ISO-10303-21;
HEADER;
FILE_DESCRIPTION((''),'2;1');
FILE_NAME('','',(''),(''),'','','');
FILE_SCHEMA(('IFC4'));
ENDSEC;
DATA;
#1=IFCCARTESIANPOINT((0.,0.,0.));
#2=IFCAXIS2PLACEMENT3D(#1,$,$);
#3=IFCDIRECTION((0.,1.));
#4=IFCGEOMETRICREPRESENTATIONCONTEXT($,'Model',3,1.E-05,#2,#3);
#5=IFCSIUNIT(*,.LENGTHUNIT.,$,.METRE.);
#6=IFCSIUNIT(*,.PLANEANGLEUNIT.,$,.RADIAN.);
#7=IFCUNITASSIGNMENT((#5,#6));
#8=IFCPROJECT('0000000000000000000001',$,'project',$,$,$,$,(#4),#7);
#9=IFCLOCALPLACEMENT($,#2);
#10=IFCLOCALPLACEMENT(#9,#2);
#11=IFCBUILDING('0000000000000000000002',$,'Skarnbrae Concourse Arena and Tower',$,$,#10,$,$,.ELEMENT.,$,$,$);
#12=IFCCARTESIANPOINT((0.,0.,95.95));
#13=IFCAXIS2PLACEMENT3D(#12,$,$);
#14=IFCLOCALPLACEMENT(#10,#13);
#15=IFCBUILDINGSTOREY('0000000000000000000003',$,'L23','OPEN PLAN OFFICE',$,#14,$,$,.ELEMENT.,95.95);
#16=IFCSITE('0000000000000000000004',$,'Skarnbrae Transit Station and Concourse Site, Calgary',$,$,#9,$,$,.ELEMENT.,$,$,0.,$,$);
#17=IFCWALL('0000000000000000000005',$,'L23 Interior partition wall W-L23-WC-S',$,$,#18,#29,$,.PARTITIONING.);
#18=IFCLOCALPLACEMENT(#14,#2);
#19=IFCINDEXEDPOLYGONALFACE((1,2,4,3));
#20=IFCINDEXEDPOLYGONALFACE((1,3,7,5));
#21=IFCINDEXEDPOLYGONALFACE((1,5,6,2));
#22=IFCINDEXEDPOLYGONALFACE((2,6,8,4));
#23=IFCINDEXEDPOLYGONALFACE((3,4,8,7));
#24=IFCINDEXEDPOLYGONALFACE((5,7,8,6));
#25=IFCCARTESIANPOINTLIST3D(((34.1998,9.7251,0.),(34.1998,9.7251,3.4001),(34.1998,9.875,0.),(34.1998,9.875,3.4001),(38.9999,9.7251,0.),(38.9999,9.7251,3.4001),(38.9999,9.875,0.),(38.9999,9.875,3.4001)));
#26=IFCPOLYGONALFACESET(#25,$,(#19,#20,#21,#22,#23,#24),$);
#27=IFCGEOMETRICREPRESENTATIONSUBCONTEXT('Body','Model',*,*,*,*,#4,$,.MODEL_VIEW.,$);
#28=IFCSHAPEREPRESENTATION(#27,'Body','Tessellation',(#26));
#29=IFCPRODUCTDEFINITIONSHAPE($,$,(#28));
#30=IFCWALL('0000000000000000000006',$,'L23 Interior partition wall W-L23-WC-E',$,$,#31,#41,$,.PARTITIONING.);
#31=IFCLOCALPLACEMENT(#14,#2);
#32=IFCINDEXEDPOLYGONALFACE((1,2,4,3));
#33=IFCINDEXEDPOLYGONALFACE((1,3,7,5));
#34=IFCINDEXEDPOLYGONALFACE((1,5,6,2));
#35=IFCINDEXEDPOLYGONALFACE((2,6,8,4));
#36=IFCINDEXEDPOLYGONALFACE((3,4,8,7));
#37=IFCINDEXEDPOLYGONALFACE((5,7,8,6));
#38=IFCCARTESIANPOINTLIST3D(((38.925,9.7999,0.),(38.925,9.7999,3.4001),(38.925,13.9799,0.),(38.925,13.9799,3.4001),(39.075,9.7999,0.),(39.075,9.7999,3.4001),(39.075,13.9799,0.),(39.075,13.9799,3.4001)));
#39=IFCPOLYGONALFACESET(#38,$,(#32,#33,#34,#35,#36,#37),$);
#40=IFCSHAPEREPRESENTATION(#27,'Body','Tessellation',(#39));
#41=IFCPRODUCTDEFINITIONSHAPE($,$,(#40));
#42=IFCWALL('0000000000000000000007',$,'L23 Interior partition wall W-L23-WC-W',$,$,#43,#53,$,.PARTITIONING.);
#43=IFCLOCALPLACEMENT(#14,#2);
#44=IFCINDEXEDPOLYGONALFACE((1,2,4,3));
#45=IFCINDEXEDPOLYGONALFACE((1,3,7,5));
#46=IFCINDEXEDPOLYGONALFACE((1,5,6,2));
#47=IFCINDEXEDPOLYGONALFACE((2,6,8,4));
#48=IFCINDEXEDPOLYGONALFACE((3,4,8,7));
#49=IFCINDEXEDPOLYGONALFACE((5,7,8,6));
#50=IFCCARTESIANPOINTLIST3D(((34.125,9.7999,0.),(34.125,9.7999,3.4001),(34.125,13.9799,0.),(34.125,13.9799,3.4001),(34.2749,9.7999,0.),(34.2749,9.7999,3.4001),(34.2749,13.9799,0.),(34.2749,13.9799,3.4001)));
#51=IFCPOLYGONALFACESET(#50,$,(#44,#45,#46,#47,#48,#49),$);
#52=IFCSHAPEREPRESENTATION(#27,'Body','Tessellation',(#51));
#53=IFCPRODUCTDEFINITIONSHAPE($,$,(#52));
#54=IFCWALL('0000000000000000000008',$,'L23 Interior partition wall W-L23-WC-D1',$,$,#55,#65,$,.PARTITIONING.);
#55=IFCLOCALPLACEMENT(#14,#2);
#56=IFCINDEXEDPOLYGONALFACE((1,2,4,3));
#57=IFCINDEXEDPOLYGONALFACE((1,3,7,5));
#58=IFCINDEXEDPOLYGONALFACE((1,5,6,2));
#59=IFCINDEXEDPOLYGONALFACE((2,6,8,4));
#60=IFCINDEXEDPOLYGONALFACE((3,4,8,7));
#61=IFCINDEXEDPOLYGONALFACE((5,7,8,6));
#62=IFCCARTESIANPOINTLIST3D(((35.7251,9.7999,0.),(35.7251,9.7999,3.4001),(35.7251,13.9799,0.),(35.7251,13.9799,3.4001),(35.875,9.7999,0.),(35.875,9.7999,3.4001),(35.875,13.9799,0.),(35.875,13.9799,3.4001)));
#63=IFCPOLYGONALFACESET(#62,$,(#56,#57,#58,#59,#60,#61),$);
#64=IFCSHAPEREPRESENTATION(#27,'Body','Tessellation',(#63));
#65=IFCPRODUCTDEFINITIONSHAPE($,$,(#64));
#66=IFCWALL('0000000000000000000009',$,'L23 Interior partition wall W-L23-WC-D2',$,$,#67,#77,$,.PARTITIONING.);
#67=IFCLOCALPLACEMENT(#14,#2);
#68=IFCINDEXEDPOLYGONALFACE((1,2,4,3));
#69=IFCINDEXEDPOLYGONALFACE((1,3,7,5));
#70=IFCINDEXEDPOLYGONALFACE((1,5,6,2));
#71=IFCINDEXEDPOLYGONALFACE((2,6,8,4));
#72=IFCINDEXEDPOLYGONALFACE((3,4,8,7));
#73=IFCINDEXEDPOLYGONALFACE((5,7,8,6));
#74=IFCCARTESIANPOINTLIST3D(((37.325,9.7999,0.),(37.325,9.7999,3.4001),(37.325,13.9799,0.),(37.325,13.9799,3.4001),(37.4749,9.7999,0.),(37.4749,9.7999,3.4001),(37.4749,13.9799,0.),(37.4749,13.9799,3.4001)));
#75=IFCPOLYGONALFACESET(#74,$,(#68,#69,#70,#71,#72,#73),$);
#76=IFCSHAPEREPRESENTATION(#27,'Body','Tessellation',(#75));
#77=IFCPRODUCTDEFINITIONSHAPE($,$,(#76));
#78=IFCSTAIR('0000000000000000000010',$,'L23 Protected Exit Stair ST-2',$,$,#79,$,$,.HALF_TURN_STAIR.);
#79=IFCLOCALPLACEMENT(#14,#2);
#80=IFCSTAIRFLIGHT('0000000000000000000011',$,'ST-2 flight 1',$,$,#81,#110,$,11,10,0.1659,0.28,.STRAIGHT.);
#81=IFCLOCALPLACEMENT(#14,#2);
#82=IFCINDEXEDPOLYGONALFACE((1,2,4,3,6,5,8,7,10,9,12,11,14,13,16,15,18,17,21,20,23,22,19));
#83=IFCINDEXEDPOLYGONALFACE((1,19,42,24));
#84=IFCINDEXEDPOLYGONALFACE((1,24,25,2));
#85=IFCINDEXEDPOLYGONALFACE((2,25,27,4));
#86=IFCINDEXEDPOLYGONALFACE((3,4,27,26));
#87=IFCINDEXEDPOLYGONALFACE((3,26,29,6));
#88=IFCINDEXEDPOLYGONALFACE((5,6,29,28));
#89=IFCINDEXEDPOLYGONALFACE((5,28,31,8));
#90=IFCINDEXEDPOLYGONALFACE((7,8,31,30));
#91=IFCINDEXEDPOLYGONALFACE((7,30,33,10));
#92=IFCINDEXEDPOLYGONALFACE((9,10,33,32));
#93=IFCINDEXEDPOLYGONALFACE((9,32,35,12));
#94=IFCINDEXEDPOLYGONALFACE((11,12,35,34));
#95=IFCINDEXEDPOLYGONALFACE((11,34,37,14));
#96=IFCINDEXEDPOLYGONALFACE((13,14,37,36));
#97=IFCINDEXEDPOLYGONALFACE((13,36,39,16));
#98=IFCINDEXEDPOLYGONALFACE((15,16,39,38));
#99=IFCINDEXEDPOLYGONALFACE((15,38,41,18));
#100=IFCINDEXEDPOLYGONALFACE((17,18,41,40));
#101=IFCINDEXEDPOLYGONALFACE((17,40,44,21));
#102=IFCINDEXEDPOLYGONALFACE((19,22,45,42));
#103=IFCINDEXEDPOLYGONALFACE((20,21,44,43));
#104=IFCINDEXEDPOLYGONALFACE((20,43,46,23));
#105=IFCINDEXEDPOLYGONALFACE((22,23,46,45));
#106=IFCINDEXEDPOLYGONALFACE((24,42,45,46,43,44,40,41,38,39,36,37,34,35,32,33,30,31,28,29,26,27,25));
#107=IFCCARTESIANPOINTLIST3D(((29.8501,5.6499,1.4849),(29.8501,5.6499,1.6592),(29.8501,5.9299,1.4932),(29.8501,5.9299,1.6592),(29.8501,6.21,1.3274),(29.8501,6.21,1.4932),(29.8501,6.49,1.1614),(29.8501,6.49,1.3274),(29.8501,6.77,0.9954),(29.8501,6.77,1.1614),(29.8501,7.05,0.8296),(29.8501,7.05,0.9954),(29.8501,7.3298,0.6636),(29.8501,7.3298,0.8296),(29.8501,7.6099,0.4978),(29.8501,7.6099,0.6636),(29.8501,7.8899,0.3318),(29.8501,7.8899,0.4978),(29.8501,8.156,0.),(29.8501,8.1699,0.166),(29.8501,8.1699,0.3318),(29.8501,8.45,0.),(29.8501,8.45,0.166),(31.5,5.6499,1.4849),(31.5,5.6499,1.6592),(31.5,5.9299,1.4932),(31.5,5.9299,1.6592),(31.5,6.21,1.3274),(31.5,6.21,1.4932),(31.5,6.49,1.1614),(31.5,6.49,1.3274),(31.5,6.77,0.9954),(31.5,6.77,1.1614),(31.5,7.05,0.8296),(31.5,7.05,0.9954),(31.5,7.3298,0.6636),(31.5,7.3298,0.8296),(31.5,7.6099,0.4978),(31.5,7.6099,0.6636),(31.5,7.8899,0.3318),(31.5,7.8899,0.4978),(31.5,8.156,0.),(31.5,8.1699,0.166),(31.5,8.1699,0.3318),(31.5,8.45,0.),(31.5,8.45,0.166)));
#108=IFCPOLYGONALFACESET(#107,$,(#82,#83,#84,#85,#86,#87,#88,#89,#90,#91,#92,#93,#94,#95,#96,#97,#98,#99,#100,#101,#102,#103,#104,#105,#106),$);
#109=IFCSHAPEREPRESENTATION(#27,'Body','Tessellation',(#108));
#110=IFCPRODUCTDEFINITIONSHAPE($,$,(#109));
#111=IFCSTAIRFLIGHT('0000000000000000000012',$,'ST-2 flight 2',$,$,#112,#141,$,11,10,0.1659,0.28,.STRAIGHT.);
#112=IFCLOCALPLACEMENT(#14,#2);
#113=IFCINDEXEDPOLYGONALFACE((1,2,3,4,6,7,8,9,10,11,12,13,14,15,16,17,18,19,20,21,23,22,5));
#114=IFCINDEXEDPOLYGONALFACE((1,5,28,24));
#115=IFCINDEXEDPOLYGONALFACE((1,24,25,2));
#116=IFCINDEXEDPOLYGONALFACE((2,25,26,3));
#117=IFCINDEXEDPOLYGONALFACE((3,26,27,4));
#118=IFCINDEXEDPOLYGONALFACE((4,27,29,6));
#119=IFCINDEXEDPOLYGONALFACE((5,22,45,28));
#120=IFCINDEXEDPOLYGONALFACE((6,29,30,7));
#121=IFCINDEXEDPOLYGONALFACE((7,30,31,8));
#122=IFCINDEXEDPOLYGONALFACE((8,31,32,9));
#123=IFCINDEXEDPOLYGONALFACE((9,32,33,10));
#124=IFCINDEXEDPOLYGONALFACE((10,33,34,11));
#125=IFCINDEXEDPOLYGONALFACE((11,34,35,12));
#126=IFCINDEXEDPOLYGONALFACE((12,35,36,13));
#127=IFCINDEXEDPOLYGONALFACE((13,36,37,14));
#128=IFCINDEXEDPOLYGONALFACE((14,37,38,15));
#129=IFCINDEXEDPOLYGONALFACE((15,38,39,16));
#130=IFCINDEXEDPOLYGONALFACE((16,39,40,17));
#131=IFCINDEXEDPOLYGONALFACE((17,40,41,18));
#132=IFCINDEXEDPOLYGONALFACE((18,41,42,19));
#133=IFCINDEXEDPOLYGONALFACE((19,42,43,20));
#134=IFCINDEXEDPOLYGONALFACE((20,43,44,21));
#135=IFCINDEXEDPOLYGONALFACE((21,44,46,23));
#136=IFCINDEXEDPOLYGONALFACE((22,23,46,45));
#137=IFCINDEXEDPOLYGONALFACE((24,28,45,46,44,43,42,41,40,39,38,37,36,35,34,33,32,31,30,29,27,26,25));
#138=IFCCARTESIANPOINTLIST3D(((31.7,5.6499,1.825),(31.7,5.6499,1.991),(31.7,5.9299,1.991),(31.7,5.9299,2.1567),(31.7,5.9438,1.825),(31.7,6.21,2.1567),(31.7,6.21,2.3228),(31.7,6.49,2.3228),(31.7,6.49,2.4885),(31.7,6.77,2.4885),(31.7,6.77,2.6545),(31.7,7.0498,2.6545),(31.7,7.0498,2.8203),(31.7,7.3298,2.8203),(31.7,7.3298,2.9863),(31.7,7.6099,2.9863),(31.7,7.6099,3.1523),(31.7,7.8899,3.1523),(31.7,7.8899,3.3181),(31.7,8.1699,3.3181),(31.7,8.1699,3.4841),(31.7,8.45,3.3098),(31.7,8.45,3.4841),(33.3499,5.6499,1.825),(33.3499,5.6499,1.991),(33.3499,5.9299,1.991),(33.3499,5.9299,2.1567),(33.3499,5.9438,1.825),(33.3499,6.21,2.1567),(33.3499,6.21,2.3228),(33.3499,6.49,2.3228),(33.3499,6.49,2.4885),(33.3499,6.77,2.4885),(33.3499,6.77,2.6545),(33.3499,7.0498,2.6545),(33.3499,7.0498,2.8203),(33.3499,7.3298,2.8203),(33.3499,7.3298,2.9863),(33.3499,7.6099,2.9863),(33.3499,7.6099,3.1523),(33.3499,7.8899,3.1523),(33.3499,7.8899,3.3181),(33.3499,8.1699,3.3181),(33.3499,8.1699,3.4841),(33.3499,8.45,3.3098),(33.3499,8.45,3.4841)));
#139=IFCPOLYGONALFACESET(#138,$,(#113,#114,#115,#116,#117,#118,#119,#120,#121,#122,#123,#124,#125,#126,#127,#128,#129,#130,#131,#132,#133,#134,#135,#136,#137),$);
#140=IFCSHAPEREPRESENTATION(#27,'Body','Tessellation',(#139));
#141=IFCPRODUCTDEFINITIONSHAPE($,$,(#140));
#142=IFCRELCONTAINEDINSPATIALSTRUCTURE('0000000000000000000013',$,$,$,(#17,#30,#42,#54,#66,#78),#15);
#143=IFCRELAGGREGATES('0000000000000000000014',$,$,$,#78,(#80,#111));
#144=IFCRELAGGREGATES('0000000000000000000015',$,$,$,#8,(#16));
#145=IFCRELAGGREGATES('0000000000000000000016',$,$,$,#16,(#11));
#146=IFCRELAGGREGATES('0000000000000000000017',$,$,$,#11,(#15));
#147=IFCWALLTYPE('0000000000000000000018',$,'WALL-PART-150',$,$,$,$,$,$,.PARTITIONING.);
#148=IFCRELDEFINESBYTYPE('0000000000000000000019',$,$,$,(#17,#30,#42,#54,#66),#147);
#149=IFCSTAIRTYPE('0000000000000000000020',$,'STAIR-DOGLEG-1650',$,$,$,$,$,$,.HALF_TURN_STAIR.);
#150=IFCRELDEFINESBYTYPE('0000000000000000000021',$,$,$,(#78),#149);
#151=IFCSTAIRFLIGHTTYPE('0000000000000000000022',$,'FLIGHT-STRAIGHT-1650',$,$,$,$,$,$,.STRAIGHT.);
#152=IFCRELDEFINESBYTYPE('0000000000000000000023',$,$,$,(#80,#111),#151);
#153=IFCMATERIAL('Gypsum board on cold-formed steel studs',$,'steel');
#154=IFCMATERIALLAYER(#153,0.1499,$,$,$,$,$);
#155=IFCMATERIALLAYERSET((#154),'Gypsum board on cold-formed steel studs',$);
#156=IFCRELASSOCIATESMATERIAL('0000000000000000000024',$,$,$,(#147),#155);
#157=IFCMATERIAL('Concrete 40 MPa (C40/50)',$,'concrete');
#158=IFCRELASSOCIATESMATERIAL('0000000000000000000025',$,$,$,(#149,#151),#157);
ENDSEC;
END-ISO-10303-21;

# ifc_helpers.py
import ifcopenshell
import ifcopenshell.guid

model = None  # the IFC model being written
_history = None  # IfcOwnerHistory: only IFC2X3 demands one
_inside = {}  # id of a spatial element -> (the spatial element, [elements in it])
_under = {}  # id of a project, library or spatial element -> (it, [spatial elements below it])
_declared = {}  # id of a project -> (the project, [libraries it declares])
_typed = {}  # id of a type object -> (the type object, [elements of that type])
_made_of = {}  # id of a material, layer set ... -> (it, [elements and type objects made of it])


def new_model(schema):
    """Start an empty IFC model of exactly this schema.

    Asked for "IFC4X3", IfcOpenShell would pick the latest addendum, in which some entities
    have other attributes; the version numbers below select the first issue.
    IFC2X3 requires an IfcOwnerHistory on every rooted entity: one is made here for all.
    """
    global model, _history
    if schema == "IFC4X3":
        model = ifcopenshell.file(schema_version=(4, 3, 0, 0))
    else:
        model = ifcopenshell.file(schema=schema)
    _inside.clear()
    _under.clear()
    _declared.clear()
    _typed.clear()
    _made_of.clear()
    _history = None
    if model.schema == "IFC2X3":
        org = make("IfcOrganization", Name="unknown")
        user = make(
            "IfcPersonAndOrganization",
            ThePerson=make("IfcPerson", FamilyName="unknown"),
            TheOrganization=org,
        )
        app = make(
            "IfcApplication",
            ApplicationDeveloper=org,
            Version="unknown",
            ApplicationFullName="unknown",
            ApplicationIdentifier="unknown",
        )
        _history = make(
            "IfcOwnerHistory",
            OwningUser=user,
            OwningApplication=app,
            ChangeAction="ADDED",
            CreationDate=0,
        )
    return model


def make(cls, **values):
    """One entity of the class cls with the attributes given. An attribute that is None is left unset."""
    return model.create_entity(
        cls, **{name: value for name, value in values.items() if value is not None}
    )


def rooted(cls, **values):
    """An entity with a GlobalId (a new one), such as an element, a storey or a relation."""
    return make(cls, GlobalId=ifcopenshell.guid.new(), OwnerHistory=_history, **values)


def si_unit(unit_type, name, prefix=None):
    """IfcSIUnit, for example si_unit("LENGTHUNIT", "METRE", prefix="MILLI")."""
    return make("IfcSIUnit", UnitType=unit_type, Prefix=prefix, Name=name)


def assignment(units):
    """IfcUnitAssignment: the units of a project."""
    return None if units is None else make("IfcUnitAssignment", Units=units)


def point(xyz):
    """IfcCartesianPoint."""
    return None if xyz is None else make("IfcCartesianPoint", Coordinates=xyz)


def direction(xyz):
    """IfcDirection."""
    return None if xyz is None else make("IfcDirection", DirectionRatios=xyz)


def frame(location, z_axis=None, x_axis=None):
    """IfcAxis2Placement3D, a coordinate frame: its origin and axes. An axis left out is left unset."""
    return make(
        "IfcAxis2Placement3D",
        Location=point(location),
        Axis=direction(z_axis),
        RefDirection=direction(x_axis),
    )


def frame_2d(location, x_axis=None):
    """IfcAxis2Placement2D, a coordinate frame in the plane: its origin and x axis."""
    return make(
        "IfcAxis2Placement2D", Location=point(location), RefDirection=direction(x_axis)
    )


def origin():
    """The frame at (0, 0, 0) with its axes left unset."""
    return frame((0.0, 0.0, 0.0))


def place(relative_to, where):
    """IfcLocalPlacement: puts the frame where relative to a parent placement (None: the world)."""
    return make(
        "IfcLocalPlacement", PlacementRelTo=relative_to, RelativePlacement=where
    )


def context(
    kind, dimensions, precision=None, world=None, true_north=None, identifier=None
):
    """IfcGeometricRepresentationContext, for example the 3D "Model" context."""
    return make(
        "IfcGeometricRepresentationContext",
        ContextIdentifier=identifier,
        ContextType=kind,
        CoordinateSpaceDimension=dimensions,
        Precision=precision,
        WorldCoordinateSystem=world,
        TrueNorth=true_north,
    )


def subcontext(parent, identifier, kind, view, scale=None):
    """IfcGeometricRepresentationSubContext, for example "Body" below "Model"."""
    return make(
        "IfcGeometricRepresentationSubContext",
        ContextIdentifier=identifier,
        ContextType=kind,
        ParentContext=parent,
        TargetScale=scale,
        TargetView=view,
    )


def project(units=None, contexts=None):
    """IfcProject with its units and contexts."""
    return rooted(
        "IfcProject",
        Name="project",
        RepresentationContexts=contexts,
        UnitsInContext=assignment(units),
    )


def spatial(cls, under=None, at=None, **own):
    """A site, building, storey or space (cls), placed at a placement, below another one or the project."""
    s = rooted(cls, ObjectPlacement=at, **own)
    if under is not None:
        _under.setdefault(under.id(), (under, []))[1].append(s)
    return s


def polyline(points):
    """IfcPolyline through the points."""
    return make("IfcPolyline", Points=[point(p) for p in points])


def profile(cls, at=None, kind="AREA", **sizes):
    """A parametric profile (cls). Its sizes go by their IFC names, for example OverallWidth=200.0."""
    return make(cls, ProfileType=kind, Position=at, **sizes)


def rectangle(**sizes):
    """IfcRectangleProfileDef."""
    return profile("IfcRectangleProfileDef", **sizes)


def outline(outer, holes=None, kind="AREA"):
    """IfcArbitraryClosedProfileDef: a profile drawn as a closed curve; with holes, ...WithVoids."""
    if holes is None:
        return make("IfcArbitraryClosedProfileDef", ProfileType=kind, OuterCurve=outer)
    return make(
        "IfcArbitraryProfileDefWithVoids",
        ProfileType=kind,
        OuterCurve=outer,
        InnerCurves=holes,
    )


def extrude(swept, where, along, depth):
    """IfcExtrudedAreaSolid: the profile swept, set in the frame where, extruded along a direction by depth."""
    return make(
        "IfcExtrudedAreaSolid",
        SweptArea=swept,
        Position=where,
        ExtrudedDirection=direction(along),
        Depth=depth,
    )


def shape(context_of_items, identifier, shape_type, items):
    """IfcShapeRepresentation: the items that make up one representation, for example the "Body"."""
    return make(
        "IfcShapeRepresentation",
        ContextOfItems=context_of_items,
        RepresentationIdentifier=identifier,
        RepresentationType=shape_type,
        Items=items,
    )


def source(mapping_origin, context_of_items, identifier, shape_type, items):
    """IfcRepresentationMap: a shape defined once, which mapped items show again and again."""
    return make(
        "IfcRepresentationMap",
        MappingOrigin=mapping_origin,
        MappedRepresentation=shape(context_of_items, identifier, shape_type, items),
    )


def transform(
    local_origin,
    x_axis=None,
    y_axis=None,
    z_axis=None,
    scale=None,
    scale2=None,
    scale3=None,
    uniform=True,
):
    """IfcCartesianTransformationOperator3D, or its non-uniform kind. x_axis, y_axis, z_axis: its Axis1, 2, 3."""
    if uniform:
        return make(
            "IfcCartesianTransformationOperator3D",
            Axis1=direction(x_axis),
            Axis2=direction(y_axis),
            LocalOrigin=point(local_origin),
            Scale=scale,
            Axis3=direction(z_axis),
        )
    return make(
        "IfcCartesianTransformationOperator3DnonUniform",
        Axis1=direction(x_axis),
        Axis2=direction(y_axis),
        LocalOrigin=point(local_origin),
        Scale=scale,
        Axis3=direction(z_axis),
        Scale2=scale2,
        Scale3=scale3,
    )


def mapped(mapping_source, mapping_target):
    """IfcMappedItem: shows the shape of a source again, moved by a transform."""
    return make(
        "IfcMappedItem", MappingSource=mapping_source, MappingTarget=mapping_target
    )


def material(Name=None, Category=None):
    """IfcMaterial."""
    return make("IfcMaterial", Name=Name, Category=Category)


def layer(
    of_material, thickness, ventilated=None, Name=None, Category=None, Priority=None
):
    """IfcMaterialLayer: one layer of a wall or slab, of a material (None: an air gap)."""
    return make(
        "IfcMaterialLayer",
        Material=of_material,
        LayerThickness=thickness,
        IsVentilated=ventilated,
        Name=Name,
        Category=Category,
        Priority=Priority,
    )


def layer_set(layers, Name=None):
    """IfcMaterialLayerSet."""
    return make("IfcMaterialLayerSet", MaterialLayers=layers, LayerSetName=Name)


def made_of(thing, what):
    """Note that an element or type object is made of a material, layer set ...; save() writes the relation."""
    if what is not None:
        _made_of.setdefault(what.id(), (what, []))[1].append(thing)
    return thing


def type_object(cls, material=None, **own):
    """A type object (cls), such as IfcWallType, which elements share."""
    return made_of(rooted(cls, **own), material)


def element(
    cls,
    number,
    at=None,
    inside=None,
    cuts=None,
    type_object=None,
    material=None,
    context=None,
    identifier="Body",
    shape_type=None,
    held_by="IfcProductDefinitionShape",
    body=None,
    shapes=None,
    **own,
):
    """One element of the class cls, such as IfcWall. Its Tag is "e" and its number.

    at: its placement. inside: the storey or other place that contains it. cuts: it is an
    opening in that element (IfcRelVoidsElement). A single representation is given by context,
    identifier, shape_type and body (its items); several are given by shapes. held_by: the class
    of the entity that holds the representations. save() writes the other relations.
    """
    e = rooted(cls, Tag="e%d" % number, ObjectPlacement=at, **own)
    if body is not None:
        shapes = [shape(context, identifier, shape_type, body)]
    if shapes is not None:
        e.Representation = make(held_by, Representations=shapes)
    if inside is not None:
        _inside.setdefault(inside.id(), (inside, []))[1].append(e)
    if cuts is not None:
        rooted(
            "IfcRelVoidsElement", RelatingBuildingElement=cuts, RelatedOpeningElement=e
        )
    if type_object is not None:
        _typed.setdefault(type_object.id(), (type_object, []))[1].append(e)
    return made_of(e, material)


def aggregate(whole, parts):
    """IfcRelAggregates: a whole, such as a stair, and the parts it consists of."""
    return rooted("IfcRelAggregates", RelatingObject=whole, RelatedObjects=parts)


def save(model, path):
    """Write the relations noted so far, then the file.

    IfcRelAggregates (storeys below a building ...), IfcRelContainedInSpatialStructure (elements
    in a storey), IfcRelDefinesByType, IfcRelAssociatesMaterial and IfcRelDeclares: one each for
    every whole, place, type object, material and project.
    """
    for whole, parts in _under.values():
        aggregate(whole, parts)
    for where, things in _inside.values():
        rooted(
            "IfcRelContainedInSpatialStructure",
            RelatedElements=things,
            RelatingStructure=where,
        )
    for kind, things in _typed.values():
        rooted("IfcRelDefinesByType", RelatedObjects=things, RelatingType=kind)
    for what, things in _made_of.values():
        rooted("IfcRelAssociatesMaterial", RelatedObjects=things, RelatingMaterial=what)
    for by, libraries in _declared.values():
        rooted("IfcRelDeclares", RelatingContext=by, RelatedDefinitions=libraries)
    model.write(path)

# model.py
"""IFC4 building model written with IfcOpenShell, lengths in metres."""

from ifc_helpers import new_model, si_unit, direction, frame, frame_2d, origin, place, context, subcontext, project, spatial, polyline, rectangle, outline, extrude, source, transform, mapped, material, layer, layer_set, type_object, element, aggregate, save


model = new_model("IFC4")

# Units and contexts
model_context = context("Model", 3, precision=1e-05, world=origin(), true_north=direction((0.0, 1.0)))
body_context = subcontext(model_context, "Body", "Model", "MODEL_VIEW")
ifc_project = project(units=[si_unit("LENGTHUNIT", "METRE"), si_unit("PLANEANGLEUNIT", "RADIAN")], contexts=[model_context])

# Site, building, storey
site_placement = place(None, origin())
site = spatial("IfcSite", under=ifc_project, at=site_placement, Name="Skarnbrae Transit Station and Concourse Site, Calgary", CompositionType="ELEMENT", RefElevation=0.0)
building_placement = place(site_placement, origin())
building = spatial("IfcBuilding", under=site, at=building_placement, Name="Skarnbrae Concourse Arena and Tower", CompositionType="ELEMENT")
storey_placement = place(building_placement, frame((0.0, 0.0, 95.95)))
storey = spatial("IfcBuildingStorey", under=building, at=storey_placement, Name="L23", Description="OPEN PLAN OFFICE", CompositionType="ELEMENT", Elevation=95.95)

# Walls
ifc_material_1 = material(Name="Gypsum board on cold-formed steel studs", Category="steel")
ifc_layer_1 = layer(ifc_material_1, 0.1499)
ifc_layer_set_1 = layer_set([ifc_layer_1], Name="Gypsum board on cold-formed steel studs")
wall_type_1 = type_object("IfcWallType", Name="WALL-PART-150", PredefinedType="PARTITIONING", material=ifc_layer_set_1)
shared_shape_1 = source(origin(), body_context, "Body", "SweptSolid", [
    extrude(rectangle(XDim=4.8, YDim=0.1499, at=frame_2d((2.3999, 0.0))), origin(), (0.0, 0.0, 1.0), 3.4001),
])
wall_1_placement = place(storey_placement, frame((34.2, 9.8, 0.0), z_axis=(0.0, 0.0, 1.0), x_axis=(1.0, 0.0, 0.0)))
element("IfcWall", 1, at=wall_1_placement, inside=storey, type_object=wall_type_1, Name="L23 Interior partition wall W-L23-WC-S", PredefinedType="PARTITIONING", context=body_context, shape_type="MappedRepresentation", body=[
    mapped(shared_shape_1, transform((0.0, 0.0, 0.0))),
])
shared_shape_2 = source(origin(), body_context, "Body", "SweptSolid", [
    extrude(rectangle(XDim=4.1799, YDim=0.1499, at=frame_2d((2.0898, 0.0))), origin(), (0.0, 0.0, 1.0), 3.4001),
])
for number, where, z_axis, x_axis, name in (
    (2, (39.0, 9.8, 0.0), (0.0, 0.0, 1.0), (0.0, 1.0, 0.0), "L23 Interior partition wall W-L23-WC-E"),
    (3, (34.2, 9.8, 0.0), (0.0, 0.0, 1.0), (0.0, 1.0, 0.0), "L23 Interior partition wall W-L23-WC-W"),
    (4, (35.8, 9.8, 0.0), (0.0, 0.0, 1.0), (0.0, 1.0, 0.0), "L23 Interior partition wall W-L23-WC-D1"),
    (5, (37.3999, 9.8, 0.0), (0.0, 0.0, 1.0), (0.0, 1.0, 0.0), "L23 Interior partition wall W-L23-WC-D2"),
):
    element("IfcWall", number, at=place(storey_placement, frame(where, z_axis=z_axis, x_axis=x_axis)), inside=storey, type_object=wall_type_1, Name=name, PredefinedType="PARTITIONING", context=body_context, shape_type="MappedRepresentation", body=[
        mapped(shared_shape_2, transform((0.0, 0.0, 0.0))),
    ])

# Stair, stair flights
ifc_material_2 = material(Name="Concrete 40 MPa (C40/50)", Category="concrete")
stair_type = type_object("IfcStairType", Name="STAIR-DOGLEG-1650", PredefinedType="HALF_TURN_STAIR", material=ifc_material_2)
stair_placement = place(storey_placement, origin())
stair = element("IfcStair", 6, at=stair_placement, inside=storey, type_object=stair_type, Name="L23 Protected Exit Stair ST-2", PredefinedType="HALF_TURN_STAIR")
stair_flight_type = type_object("IfcStairFlightType", Name="FLIGHT-STRAIGHT-1650", PredefinedType="STRAIGHT", material=ifc_material_2)
shared_shape_3 = source(origin(), body_context, "Body", "SweptSolid", [
    extrude(outline(polyline([(0.0, 0.0), (0.0, 0.166), (0.28, 0.166), (0.28, 0.3318), (0.5601, 0.3318), (0.5601, 0.4978), (0.8401, 0.4978), (0.8401, 0.6636), (1.1201, 0.6636), (1.1201, 0.8296), (1.3999, 0.8296), (1.3999, 0.9954), (1.6799, 0.9954), (1.6799, 1.1614), (1.96, 1.1614), (1.96, 1.3274), (2.24, 1.3274), (2.24, 1.4932), (2.52, 1.4932), (2.52, 1.6592), (2.8, 1.6592), (2.8, 1.825), (2.8, 1.4849), (0.2939, 0.0), (0.0, 0.0)])), frame((0.0, 0.825, 0.0), z_axis=(0.0, -1.0, 0.0), x_axis=(1.0, 0.0, 0.0)), (0.0, 0.0, 1.0), 1.6499),
])
stair_flight_1_placement = place(storey_placement, frame((30.675, 8.45, 0.0), z_axis=(0.0, 0.0, 1.0), x_axis=(0.0, -1.0, 0.0)))
stair_flight_1 = element("IfcStairFlight", 7, at=stair_flight_1_placement, type_object=stair_flight_type, Name="ST-2 flight 1", NumberOfRisers=11, NumberOfTreads=10, PredefinedType="STRAIGHT", RiserHeight=0.1659, TreadLength=0.28, context=body_context, shape_type="MappedRepresentation", body=[
    mapped(shared_shape_3, transform((0.0, 0.0, 0.0))),
])
stair_flight_2_placement = place(storey_placement, frame((32.5249, 5.6499, 1.825), z_axis=(0.0, 0.0, 1.0), x_axis=(0.0, 1.0, 0.0)))
stair_flight_2 = element("IfcStairFlight", 8, at=stair_flight_2_placement, type_object=stair_flight_type, Name="ST-2 flight 2", NumberOfRisers=11, NumberOfTreads=10, PredefinedType="STRAIGHT", RiserHeight=0.1659, TreadLength=0.28, context=body_context, shape_type="MappedRepresentation", body=[
    mapped(shared_shape_3, transform((0.0, 0.0, 0.0))),
])
aggregate(stair, [stair_flight_1, stair_flight_2])

save(model, "model.ifc")
